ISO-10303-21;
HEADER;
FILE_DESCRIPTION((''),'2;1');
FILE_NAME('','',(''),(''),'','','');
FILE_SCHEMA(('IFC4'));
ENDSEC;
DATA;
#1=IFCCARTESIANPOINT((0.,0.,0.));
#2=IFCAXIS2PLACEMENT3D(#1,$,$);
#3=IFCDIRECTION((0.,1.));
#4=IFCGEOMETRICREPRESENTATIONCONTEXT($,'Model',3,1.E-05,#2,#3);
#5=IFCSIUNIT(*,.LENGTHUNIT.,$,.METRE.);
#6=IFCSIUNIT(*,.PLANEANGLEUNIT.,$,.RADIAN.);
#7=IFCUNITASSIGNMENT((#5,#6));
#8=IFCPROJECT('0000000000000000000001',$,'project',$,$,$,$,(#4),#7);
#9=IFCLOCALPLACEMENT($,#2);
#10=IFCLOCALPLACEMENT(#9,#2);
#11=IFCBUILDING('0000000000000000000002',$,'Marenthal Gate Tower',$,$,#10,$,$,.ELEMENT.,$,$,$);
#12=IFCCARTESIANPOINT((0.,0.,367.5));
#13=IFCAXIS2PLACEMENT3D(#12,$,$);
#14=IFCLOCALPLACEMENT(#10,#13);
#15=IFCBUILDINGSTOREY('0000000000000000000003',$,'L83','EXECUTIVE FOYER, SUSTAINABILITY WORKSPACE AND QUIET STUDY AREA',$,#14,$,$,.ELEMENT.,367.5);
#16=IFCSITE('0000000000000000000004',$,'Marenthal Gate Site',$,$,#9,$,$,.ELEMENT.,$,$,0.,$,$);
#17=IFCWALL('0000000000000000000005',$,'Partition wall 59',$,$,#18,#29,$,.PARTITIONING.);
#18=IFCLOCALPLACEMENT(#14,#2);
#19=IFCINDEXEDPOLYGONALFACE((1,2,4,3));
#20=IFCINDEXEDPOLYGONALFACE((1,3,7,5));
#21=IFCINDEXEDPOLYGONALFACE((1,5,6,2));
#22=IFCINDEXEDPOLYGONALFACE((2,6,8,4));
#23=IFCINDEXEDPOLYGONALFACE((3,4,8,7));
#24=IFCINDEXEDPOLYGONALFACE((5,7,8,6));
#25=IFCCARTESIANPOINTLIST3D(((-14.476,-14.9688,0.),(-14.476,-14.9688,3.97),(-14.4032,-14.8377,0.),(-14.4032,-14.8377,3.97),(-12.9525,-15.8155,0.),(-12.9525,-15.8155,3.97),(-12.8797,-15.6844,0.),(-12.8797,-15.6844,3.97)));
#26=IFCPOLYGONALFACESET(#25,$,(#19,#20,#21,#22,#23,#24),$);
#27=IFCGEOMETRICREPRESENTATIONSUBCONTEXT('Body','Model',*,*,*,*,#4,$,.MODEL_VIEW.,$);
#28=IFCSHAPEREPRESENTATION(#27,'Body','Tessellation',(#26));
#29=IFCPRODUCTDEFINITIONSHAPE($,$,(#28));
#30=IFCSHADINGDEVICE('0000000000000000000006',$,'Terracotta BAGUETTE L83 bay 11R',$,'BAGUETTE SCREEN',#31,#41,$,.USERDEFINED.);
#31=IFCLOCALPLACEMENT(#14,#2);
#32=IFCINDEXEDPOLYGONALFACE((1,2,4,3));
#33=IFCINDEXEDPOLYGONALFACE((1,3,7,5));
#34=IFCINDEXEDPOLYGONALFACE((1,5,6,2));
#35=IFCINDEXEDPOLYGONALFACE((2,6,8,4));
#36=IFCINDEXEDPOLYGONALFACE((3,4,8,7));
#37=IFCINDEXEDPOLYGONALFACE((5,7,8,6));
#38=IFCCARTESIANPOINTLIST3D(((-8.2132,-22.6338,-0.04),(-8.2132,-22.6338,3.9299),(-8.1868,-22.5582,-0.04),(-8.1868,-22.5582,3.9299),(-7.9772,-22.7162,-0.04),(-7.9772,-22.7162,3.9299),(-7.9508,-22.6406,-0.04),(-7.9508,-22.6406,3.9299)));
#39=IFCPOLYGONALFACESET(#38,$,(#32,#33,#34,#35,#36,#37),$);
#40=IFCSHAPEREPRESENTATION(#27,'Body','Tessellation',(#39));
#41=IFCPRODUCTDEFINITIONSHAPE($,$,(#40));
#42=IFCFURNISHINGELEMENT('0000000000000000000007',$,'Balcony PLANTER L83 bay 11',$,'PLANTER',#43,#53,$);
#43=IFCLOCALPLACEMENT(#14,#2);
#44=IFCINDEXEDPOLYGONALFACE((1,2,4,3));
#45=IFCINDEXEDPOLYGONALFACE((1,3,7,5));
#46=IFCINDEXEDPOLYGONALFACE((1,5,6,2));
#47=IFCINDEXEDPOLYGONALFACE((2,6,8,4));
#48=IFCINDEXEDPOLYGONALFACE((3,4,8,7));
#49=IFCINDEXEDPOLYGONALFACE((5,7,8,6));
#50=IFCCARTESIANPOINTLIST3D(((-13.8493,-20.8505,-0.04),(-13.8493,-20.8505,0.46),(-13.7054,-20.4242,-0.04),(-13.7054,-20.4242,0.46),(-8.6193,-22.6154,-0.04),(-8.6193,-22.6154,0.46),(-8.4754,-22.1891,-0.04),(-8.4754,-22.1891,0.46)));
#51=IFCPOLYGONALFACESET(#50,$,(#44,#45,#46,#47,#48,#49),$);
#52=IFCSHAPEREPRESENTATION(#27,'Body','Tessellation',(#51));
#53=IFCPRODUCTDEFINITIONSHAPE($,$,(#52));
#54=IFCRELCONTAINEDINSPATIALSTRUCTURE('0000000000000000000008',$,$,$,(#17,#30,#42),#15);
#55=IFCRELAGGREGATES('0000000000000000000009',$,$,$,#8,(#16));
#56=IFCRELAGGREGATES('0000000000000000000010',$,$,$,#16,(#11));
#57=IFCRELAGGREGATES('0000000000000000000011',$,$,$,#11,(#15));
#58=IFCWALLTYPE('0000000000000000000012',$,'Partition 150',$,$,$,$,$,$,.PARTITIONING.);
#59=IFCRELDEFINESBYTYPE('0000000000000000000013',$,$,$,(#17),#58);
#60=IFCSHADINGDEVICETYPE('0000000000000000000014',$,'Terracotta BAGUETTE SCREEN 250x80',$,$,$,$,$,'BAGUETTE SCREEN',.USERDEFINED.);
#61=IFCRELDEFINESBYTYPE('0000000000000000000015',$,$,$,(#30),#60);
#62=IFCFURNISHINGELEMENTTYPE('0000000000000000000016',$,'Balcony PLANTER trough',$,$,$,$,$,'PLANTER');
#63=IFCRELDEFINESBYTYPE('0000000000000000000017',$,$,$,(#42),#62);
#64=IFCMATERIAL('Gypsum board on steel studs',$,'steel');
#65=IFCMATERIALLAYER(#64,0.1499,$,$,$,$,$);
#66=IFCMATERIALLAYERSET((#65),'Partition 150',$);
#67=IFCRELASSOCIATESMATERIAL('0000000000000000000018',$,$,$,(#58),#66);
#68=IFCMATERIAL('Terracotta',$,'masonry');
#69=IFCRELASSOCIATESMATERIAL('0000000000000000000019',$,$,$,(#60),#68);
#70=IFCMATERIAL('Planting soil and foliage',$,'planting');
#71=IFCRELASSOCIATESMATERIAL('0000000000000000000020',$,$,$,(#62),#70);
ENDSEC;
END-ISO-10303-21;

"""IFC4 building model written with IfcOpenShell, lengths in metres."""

from ifc_helpers import new_model, si_unit, direction, frame, frame_2d, origin, origin_2d, place, context, subcontext, project, spatial, rectangle, extrude, material, layer, layer_set, material_profile, profile_set, type_object, element, save


model = new_model("IFC4")

# Units and contexts
model_context = context("Model", 3, precision=1e-05, world=origin(), true_north=direction((0.0, 1.0)))
body_context = subcontext(model_context, "Body", "Model", "MODEL_VIEW")
ifc_project = project(units=[si_unit("LENGTHUNIT", "METRE"), si_unit("PLANEANGLEUNIT", "RADIAN")], contexts=[model_context])

# Site, building, storey
site_placement = place(None, origin())
site = spatial("IfcSite", under=ifc_project, at=site_placement, Name="Marenthal Gate Site", CompositionType="ELEMENT", RefElevation=0.0)
building_placement = place(site_placement, origin())
building = spatial("IfcBuilding", under=site, at=building_placement, Name="Marenthal Gate Tower", CompositionType="ELEMENT")
storey_placement = place(building_placement, frame((0.0, 0.0, 367.5)))
storey = spatial("IfcBuildingStorey", under=building, at=storey_placement, Name="L83", Description="EXECUTIVE FOYER, SUSTAINABILITY WORKSPACE AND QUIET STUDY AREA", CompositionType="ELEMENT", Elevation=367.5)

# Wall
ifc_material_1 = material(Name="Gypsum board on steel studs", Category="steel")
ifc_layer_1 = layer(ifc_material_1, 0.1499)
ifc_layer_set_1 = layer_set([ifc_layer_1], Name="Partition 150")
wall_type_1 = type_object("IfcWallType", Name="Partition 150", PredefinedType="PARTITIONING", material=ifc_layer_set_1)
wall_1_placement = place(storey_placement, frame((-12.916, -15.75, 0.0), z_axis=(0.0, 0.0, 1.0), x_axis=(-0.874078, 0.485786, 0.0)))
element("IfcWall", 1, at=wall_1_placement, inside=storey, type_object=wall_type_1, Name="Partition wall 59", PredefinedType="PARTITIONING", context=body_context, shape_type="SweptSolid", body=[
    extrude(rectangle(XDim=1.7429, YDim=0.1499, at=frame_2d((0.8716, 0.0))), origin(), (0.0, 0.0, 1.0), 3.97),
])

# Shading device
ifc_material_2 = material(Name="Terracotta", Category="masonry")
ifc_material_profile_1 = material_profile(ifc_material_2, rectangle(XDim=0.25, YDim=0.0801, at=origin_2d()), Name="Terracotta baguette 250x80")
ifc_profile_set_1 = profile_set([ifc_material_profile_1], Name="Terracotta")
shading_device_type = type_object("IfcShadingDeviceType", Name="Terracotta BAGUETTE SCREEN 250x80", ElementType="BAGUETTE SCREEN", PredefinedType="USERDEFINED", material=ifc_profile_set_1)
shading_device_placement = place(storey_placement, frame((-8.082, -22.6372, -0.04), z_axis=(0.0, 0.0, 1.0), x_axis=(0.944118, -0.329607, 0.0)))
element("IfcShadingDevice", 2, at=shading_device_placement, inside=storey, type_object=shading_device_type, Name="Terracotta BAGUETTE L83 bay 11R", ObjectType="BAGUETTE SCREEN", PredefinedType="USERDEFINED", context=body_context, shape_type="SweptSolid", body=[
    extrude(rectangle(XDim=0.25, YDim=0.0801, at=origin_2d()), origin(), (0.0, 0.0, 1.0), 3.97),
])

# Furnishing element
ifc_material_3 = material(Name="Planting soil and foliage", Category="planting")
furnishing_element_type = type_object("IfcFurnishingElementType", Name="Balcony PLANTER trough", ElementType="PLANTER", material=ifc_material_3)
furnishing_placement = place(storey_placement, frame((-11.1624, -21.5198, -0.04), z_axis=(0.0, 0.0, 1.0), x_axis=(0.947505, -0.31974, 0.0)))
element("IfcFurnishingElement", 3, at=furnishing_placement, inside=storey, type_object=furnishing_element_type, Name="Balcony PLANTER L83 bay 11", ObjectType="PLANTER", context=body_context, shape_type="SweptSolid", body=[
    extrude(rectangle(XDim=5.5198, YDim=0.45, at=origin_2d()), origin(), (0.0, 0.0, 1.0), 0.5),
])

save(model, "model.ifc")
